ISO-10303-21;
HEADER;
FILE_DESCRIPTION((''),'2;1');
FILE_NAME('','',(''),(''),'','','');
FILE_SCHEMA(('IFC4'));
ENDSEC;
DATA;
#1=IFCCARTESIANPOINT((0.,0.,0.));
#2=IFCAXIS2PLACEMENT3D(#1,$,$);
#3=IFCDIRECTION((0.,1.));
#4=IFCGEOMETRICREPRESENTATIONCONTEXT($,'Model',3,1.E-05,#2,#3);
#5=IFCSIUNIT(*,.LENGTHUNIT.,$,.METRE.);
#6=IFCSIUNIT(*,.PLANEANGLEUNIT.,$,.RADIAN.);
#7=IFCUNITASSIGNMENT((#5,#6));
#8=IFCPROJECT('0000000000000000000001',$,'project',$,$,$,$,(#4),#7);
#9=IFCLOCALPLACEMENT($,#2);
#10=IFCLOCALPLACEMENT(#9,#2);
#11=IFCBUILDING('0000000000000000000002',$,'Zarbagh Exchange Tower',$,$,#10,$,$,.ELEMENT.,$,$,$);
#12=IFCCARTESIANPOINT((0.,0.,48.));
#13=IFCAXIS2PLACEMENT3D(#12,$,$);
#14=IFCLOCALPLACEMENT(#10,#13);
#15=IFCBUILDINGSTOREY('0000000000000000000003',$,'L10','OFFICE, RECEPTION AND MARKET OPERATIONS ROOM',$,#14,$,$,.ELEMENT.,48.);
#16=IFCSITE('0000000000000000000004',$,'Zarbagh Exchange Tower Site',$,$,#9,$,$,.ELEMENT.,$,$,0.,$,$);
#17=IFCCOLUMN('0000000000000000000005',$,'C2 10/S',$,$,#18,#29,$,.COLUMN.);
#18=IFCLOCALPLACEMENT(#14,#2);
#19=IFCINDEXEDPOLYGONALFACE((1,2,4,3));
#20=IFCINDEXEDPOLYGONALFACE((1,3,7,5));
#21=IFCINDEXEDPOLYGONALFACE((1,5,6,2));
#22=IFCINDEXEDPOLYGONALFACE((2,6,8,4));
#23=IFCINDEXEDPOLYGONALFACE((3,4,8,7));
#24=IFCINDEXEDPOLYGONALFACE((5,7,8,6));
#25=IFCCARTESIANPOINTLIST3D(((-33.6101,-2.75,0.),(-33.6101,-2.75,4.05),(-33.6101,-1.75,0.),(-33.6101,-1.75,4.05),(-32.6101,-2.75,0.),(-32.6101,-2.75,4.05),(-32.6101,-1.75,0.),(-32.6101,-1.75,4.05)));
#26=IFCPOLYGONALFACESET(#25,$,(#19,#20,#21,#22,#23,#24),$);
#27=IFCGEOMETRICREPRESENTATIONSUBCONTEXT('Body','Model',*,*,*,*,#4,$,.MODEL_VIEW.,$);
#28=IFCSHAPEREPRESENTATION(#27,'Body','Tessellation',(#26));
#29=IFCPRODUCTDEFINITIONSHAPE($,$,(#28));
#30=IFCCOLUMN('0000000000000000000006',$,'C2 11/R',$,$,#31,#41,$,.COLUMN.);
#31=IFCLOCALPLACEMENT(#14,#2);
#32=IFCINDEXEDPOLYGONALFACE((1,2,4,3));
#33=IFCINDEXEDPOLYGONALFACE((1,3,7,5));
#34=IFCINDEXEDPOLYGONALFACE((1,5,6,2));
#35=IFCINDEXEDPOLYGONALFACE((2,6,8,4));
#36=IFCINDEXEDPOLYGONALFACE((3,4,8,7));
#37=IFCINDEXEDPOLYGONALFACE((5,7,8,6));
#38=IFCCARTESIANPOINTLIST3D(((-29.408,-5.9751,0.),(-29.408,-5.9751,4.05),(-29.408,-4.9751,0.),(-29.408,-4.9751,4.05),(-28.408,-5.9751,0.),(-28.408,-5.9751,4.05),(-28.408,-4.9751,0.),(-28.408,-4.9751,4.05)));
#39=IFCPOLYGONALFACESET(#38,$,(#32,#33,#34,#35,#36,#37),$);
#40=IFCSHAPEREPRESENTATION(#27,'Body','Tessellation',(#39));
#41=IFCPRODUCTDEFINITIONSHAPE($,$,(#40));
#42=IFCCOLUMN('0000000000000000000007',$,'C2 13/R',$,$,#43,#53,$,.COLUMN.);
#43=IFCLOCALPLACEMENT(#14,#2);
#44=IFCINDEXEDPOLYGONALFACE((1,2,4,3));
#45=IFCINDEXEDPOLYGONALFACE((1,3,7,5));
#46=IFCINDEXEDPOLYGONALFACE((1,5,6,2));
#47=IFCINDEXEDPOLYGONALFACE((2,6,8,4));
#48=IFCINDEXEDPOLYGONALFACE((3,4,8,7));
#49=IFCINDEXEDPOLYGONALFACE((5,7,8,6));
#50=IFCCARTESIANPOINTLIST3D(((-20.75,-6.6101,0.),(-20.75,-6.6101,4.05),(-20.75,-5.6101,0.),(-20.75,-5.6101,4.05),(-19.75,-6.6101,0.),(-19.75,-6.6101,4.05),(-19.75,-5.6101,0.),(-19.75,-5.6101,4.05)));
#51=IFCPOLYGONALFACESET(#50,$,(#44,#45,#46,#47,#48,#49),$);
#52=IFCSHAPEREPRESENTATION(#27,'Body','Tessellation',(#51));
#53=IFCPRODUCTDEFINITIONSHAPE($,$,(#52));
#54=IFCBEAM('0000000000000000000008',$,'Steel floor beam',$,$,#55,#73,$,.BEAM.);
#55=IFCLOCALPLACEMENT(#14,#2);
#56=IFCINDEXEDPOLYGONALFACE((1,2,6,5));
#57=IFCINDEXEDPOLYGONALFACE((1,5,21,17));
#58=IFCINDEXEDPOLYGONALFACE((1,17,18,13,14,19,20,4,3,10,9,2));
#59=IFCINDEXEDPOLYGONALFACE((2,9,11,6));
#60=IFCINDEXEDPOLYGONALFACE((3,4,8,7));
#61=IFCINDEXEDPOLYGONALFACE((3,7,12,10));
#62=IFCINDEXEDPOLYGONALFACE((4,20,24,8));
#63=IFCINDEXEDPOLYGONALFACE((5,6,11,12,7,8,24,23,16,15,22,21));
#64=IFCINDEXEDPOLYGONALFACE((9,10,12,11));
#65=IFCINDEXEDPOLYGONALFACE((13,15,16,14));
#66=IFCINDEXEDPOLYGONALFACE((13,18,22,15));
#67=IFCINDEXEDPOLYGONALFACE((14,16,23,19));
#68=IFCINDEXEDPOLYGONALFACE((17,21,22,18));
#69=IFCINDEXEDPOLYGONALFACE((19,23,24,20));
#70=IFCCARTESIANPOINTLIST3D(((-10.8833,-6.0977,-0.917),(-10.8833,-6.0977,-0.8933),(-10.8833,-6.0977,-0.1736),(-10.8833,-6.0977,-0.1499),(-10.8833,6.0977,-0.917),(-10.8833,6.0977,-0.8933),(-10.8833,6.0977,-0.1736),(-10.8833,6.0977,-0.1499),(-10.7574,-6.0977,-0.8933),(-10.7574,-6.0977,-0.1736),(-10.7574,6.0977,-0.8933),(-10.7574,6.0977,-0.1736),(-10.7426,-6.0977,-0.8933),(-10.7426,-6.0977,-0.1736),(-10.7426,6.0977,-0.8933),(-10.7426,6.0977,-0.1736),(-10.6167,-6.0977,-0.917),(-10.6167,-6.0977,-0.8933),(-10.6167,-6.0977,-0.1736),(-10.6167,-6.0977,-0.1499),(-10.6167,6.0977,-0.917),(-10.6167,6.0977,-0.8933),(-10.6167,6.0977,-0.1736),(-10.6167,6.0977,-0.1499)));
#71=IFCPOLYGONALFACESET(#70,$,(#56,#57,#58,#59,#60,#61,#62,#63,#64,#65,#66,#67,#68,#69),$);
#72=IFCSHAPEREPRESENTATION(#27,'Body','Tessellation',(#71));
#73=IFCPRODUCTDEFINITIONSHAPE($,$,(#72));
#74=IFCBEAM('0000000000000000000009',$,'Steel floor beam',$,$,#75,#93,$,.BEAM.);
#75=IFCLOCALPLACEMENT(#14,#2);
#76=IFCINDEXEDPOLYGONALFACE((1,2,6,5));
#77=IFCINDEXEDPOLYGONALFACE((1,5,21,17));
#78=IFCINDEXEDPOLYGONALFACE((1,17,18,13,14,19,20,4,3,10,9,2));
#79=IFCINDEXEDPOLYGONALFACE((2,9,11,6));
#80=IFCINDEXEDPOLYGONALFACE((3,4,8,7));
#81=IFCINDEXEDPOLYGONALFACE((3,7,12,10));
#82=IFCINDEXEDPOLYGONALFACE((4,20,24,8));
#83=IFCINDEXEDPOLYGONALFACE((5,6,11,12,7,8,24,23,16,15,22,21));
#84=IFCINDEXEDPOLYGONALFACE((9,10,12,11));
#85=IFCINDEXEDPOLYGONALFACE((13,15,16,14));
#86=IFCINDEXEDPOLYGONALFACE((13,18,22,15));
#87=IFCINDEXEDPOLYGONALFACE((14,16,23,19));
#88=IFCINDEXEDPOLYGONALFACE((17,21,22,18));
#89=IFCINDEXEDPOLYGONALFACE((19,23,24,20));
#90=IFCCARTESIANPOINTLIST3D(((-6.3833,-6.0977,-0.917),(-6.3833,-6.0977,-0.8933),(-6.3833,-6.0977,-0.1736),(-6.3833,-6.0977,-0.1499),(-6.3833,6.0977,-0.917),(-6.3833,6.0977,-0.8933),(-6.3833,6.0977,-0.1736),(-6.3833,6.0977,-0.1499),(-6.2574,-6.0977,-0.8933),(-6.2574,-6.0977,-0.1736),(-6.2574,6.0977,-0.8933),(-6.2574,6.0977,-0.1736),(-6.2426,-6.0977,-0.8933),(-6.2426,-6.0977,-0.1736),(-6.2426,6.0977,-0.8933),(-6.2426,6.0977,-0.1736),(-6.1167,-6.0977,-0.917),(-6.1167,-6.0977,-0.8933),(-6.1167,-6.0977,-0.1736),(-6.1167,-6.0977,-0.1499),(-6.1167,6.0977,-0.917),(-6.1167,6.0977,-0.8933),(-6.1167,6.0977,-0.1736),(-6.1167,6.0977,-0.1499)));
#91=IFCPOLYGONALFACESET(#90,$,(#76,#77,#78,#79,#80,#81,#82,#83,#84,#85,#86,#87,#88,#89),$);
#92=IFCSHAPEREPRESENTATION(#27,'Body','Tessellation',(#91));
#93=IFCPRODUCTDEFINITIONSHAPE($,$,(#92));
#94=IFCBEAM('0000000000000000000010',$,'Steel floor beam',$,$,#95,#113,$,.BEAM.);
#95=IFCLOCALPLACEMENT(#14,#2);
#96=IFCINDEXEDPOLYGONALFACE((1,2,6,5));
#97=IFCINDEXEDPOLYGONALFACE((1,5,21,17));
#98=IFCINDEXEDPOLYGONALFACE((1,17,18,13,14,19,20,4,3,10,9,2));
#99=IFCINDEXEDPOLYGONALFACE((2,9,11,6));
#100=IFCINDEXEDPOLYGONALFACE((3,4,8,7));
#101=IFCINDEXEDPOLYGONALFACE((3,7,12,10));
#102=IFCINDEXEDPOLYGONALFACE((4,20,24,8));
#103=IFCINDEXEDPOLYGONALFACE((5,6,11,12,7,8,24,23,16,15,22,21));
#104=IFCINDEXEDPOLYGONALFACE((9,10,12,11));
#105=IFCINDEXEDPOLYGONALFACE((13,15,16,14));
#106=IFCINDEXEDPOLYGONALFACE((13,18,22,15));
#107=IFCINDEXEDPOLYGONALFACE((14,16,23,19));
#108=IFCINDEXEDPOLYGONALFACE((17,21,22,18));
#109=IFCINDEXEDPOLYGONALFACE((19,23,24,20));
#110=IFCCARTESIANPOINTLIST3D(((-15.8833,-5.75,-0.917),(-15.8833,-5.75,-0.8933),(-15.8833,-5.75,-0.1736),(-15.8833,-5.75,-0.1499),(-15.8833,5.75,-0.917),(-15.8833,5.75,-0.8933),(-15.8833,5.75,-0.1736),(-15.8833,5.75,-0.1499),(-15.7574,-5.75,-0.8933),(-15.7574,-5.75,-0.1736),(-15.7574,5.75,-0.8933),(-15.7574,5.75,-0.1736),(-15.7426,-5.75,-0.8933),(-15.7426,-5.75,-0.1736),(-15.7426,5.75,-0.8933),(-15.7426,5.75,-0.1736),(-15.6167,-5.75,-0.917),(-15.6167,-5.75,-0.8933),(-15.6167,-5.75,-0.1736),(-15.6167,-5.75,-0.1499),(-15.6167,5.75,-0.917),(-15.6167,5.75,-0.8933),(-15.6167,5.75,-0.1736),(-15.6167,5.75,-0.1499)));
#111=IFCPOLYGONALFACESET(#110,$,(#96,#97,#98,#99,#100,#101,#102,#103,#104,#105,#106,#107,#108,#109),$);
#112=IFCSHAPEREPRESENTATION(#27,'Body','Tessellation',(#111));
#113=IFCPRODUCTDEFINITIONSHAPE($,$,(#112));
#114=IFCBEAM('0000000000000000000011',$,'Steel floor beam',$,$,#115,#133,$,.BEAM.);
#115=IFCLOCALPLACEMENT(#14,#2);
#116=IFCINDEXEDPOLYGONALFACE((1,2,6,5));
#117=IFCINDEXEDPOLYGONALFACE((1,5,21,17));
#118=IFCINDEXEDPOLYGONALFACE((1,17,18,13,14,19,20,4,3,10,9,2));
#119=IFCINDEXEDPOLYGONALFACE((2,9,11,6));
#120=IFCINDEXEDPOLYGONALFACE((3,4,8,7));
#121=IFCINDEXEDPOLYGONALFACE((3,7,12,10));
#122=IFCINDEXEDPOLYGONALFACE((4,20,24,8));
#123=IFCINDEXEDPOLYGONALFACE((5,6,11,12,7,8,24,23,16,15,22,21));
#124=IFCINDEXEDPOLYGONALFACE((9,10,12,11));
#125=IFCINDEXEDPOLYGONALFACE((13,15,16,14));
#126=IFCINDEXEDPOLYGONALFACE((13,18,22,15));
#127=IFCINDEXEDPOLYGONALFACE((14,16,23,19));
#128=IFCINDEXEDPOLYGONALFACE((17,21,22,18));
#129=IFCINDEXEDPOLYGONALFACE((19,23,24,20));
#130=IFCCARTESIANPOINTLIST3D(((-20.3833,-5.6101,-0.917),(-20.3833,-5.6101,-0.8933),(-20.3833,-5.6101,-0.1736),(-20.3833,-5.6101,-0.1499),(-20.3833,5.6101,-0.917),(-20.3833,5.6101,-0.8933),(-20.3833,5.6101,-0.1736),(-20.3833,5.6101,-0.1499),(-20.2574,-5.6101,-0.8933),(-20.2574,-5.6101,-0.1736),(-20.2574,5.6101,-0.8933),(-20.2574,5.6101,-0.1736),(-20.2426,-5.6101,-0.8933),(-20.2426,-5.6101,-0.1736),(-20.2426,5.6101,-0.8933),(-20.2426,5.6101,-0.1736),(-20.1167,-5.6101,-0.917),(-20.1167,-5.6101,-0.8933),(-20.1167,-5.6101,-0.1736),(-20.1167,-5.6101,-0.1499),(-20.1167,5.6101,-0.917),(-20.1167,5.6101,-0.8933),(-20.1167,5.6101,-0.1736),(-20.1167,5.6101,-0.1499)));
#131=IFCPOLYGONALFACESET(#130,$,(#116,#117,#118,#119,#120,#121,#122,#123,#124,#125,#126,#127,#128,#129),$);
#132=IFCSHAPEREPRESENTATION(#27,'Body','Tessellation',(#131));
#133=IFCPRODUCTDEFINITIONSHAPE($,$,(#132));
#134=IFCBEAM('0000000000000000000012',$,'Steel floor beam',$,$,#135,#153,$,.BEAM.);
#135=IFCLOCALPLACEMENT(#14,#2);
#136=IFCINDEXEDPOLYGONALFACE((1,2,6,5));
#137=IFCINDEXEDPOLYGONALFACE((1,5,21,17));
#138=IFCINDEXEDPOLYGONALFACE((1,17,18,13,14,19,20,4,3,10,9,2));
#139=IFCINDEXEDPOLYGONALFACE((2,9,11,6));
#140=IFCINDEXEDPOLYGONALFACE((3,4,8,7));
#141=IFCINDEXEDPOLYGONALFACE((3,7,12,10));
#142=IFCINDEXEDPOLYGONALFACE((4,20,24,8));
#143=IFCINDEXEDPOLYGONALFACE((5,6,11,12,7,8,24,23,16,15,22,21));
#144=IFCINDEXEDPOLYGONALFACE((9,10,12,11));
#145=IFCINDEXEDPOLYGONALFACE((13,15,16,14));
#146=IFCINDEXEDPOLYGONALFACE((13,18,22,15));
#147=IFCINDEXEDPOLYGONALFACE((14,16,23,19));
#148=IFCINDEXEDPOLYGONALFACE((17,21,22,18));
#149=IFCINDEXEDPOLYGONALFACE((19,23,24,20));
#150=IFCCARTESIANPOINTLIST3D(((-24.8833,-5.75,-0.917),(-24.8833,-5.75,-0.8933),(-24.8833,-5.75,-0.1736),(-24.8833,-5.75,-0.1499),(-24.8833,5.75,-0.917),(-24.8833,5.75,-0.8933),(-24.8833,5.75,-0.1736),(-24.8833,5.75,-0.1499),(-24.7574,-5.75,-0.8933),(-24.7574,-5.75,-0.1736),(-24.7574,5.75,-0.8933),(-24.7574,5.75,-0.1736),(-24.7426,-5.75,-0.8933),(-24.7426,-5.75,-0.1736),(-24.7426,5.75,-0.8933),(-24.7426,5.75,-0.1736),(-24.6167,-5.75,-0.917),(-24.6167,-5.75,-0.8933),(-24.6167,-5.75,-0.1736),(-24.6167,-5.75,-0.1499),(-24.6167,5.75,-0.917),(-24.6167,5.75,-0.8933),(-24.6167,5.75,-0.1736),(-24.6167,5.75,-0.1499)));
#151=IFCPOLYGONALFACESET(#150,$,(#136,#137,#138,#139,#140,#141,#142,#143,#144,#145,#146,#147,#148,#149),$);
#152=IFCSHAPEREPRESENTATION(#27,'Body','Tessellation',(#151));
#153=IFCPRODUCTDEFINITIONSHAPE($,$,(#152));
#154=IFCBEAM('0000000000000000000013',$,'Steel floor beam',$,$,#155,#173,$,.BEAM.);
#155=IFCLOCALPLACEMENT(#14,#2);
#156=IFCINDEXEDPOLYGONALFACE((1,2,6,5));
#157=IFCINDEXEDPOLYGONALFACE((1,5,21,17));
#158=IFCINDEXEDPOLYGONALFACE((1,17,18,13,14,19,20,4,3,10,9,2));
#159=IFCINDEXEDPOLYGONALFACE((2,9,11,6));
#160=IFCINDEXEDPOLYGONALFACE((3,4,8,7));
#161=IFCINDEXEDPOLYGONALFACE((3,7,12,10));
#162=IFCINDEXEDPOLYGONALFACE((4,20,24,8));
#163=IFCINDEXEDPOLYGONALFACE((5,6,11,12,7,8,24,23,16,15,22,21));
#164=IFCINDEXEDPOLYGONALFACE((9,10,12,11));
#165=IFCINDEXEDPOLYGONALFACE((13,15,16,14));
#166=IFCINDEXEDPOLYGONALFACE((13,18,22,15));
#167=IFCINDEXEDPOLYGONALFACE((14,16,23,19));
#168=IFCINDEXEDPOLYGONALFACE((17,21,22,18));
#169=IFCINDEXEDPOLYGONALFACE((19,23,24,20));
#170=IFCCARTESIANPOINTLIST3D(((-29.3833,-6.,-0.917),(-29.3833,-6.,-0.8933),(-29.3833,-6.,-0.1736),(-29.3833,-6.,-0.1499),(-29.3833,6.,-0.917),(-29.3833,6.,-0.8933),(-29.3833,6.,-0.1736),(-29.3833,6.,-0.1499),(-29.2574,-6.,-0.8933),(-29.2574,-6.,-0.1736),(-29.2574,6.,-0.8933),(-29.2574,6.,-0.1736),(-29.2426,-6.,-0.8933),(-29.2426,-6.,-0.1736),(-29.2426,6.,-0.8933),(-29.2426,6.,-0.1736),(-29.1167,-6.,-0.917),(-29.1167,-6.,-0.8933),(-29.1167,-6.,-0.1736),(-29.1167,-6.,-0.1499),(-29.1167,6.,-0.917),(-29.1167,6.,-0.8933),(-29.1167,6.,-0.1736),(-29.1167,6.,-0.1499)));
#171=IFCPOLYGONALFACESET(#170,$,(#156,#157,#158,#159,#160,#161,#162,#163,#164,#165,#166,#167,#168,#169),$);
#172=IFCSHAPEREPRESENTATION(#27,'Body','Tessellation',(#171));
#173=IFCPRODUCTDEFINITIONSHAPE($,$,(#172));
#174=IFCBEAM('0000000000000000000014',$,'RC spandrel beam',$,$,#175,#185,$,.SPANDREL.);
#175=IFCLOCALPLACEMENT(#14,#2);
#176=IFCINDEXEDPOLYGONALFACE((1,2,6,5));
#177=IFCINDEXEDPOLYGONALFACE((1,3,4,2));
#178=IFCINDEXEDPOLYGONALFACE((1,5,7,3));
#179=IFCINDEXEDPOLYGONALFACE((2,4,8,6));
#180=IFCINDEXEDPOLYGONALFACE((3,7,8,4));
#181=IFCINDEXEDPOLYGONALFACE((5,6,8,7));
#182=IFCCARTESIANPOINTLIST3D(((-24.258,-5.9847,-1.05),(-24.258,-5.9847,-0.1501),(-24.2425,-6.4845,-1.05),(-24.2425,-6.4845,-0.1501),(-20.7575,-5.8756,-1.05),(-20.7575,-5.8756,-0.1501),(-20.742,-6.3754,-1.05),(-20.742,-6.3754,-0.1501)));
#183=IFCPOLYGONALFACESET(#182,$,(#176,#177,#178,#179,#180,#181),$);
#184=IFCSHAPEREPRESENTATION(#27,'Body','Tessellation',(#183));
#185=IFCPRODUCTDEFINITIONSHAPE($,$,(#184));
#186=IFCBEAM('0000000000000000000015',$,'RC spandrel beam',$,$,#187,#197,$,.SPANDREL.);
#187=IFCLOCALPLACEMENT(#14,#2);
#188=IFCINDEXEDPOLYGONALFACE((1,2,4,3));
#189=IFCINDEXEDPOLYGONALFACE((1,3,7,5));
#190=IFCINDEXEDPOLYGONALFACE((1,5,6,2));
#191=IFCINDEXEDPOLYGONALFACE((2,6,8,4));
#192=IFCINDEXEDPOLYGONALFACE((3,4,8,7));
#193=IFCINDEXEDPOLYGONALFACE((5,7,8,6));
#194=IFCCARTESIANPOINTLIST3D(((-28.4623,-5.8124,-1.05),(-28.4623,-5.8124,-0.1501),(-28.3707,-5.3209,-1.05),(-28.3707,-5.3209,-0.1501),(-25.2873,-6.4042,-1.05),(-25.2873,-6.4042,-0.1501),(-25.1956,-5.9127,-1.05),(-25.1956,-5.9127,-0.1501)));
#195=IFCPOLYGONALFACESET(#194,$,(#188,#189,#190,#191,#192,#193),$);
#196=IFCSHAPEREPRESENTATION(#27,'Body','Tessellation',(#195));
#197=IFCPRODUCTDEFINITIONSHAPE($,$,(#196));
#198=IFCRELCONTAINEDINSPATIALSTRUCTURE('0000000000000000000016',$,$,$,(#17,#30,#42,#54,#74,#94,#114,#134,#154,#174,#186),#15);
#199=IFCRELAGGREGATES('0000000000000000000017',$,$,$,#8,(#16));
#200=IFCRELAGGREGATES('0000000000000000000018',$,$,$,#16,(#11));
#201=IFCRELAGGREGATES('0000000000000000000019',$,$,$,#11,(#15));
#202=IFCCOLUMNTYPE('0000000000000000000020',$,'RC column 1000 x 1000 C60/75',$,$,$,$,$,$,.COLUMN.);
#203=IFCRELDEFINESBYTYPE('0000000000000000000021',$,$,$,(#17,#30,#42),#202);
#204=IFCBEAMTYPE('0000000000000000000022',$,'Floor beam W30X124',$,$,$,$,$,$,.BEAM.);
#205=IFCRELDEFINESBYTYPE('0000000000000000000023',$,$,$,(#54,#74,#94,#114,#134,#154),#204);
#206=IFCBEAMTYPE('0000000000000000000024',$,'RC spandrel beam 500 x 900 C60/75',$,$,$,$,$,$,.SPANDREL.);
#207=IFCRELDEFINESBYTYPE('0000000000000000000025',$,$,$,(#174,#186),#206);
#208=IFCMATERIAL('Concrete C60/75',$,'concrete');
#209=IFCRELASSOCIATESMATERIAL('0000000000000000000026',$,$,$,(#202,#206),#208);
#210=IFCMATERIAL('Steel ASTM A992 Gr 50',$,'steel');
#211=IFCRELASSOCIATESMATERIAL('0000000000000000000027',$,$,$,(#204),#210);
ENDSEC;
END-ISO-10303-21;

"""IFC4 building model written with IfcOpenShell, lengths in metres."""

from ifc_helpers import new_model, si_unit, direction, frame, origin, origin_2d, place, context, subcontext, project, spatial, rectangle, i_section, extrude, material, material_profile, profile_set, type_object, element, save


model = new_model("IFC4")

# Units and contexts
model_context = context("Model", 3, precision=1e-05, world=origin(), true_north=direction((0.0, 1.0)))
body_context = subcontext(model_context, "Body", "Model", "MODEL_VIEW")
ifc_project = project(units=[si_unit("LENGTHUNIT", "METRE"), si_unit("PLANEANGLEUNIT", "RADIAN")], contexts=[model_context])

# Site, building, storey
site_placement = place(None, origin())
site = spatial("IfcSite", under=ifc_project, at=site_placement, Name="Zarbagh Exchange Tower Site", CompositionType="ELEMENT", RefElevation=0.0)
building_placement = place(site_placement, origin())
building = spatial("IfcBuilding", under=site, at=building_placement, Name="Zarbagh Exchange Tower", CompositionType="ELEMENT")
storey_placement = place(building_placement, frame((0.0, 0.0, 48.0)))
storey = spatial("IfcBuildingStorey", under=building, at=storey_placement, Name="L10", Description="OFFICE, RECEPTION AND MARKET OPERATIONS ROOM", CompositionType="ELEMENT", Elevation=48.0)

# Columns
ifc_material_1 = material(Name="Concrete C60/75", Category="concrete")
ifc_material_profile_1 = material_profile(ifc_material_1, rectangle(XDim=1.0, YDim=1.0, at=origin_2d()), Name="RC column 1000 x 1000 C60/75")
ifc_profile_set_1 = profile_set([ifc_material_profile_1], Name="Concrete C60/75")
column_type = type_object("IfcColumnType", Name="RC column 1000 x 1000 C60/75", PredefinedType="COLUMN", material=ifc_profile_set_1)
for number, where, z_axis, x_axis, name in (
    (1, (-33.1101, -2.25, 0.0), (0.0, 0.0, 1.0), (1.0, 0.0, 0.0), "C2 10/S"),
    (2, (-28.908, -5.4751, 0.0), (0.0, 0.0, 1.0), (1.0, 0.0, 0.0), "C2 11/R"),
    (3, (-20.25, -6.1101, 0.0), (0.0, 0.0, 1.0), (1.0, 0.0, 0.0), "C2 13/R"),
):
    element("IfcColumn", number, at=place(storey_placement, frame(where, z_axis=z_axis, x_axis=x_axis)), inside=storey, type_object=column_type, Name=name, PredefinedType="COLUMN", context=body_context, shape_type="SweptSolid", body=[
        extrude(rectangle(XDim=1.0, YDim=1.0, at=origin_2d()), origin(), (0.0, 0.0, 1.0), 4.05),
    ])

# Beams
ifc_material_2 = material(Name="Steel ASTM A992 Gr 50", Category="steel")
ifc_material_profile_2 = material_profile(ifc_material_2, i_section(OverallWidth=0.2666, OverallDepth=0.7671, WebThickness=0.0149, FlangeThickness=0.0237, at=origin_2d()), Name="W30X124")
ifc_profile_set_2 = profile_set([ifc_material_profile_2], Name="Steel ASTM A992 Gr 50")
beam_type_1 = type_object("IfcBeamType", Name="Floor beam W30X124", PredefinedType="BEAM", material=ifc_profile_set_2)
for number, where, z_axis, x_axis, name in (
    (4, (-10.75, -6.0977, -0.5334), (0.0, 1.0, 0.0), (-1.0, 0.0, 0.0), "Steel floor beam"),
    (5, (-6.25, -6.0977, -0.5334), (0.0, 1.0, 0.0), (-1.0, 0.0, 0.0), "Steel floor beam"),
):
    element("IfcBeam", number, at=place(storey_placement, frame(where, z_axis=z_axis, x_axis=x_axis)), inside=storey, type_object=beam_type_1, Name=name, PredefinedType="BEAM", context=body_context, shape_type="SweptSolid", body=[
        extrude(i_section(OverallWidth=0.2666, OverallDepth=0.7671, WebThickness=0.0149, FlangeThickness=0.0237, at=origin_2d()), origin(), (0.0, 0.0, 1.0), 12.1953),
    ])
beam_1_placement = place(storey_placement, frame((-15.75, -5.75, -0.5334), z_axis=(0.0, 1.0, 0.0), x_axis=(-1.0, 0.0, 0.0)))
element("IfcBeam", 6, at=beam_1_placement, inside=storey, type_object=beam_type_1, Name="Steel floor beam", PredefinedType="BEAM", context=body_context, shape_type="SweptSolid", body=[
    extrude(i_section(OverallWidth=0.2666, OverallDepth=0.7671, WebThickness=0.0149, FlangeThickness=0.0237, at=origin_2d()), origin(), (0.0, 0.0, 1.0), 11.5),
])
beam_2_placement = place(storey_placement, frame((-20.25, -5.6101, -0.5334), z_axis=(0.0, 1.0, 0.0), x_axis=(-1.0, 0.0, 0.0)))
element("IfcBeam", 7, at=beam_2_placement, inside=storey, type_object=beam_type_1, Name="Steel floor beam", PredefinedType="BEAM", context=body_context, shape_type="SweptSolid", body=[
    extrude(i_section(OverallWidth=0.2666, OverallDepth=0.7671, WebThickness=0.0149, FlangeThickness=0.0237, at=origin_2d()), origin(), (0.0, 0.0, 1.0), 11.2202),
])
beam_3_placement = place(storey_placement, frame((-24.75, -5.75, -0.5334), z_axis=(0.0, 1.0, 0.0), x_axis=(-1.0, 0.0, 0.0)))
element("IfcBeam", 8, at=beam_3_placement, inside=storey, type_object=beam_type_1, Name="Steel floor beam", PredefinedType="BEAM", context=body_context, shape_type="SweptSolid", body=[
    extrude(i_section(OverallWidth=0.2666, OverallDepth=0.7671, WebThickness=0.0149, FlangeThickness=0.0237, at=origin_2d()), origin(), (0.0, 0.0, 1.0), 11.5),
])
beam_4_placement = place(storey_placement, frame((-29.25, -6.0, -0.5334), z_axis=(0.0, 1.0, 0.0), x_axis=(-1.0, 0.0, 0.0)))
element("IfcBeam", 9, at=beam_4_placement, inside=storey, type_object=beam_type_1, Name="Steel floor beam", PredefinedType="BEAM", context=body_context, shape_type="SweptSolid", body=[
    extrude(i_section(OverallWidth=0.2666, OverallDepth=0.7671, WebThickness=0.0149, FlangeThickness=0.0237, at=origin_2d()), origin(), (0.0, 0.0, 1.0), 12.0),
])
ifc_material_profile_3 = material_profile(ifc_material_1, rectangle(XDim=0.5, YDim=0.8999, at=origin_2d()), Name="RC spandrel beam 500 x 900 C60/75")
ifc_profile_set_3 = profile_set([ifc_material_profile_3], Name="Concrete C60/75")
beam_type_2 = type_object("IfcBeamType", Name="RC spandrel beam 500 x 900 C60/75", PredefinedType="SPANDREL", material=ifc_profile_set_3)
beam_5_placement = place(storey_placement, frame((-20.7498, -6.1255, -0.6001), z_axis=(-0.999514, -0.031161, 0.0), x_axis=(0.031161, -0.999514, 0.0)))
element("IfcBeam", 10, at=beam_5_placement, inside=storey, type_object=beam_type_2, Name="RC spandrel beam", PredefinedType="SPANDREL", context=body_context, shape_type="SweptSolid", body=[
    extrude(rectangle(XDim=0.5, YDim=0.8999, at=origin_2d()), origin(), (0.0, 0.0, 1.0), 3.5022),
])
beam_6_placement = place(storey_placement, frame((-25.2415, -6.1584, -0.6001), z_axis=(-0.983069, 0.183234, 0.0), x_axis=(-0.183234, -0.983069, 0.0)))
element("IfcBeam", 11, at=beam_6_placement, inside=storey, type_object=beam_type_2, Name="RC spandrel beam", PredefinedType="SPANDREL", context=body_context, shape_type="SweptSolid", body=[
    extrude(rectangle(XDim=0.5, YDim=0.8999, at=origin_2d()), origin(), (0.0, 0.0, 1.0), 3.2297),
])

save(model, "model.ifc")
